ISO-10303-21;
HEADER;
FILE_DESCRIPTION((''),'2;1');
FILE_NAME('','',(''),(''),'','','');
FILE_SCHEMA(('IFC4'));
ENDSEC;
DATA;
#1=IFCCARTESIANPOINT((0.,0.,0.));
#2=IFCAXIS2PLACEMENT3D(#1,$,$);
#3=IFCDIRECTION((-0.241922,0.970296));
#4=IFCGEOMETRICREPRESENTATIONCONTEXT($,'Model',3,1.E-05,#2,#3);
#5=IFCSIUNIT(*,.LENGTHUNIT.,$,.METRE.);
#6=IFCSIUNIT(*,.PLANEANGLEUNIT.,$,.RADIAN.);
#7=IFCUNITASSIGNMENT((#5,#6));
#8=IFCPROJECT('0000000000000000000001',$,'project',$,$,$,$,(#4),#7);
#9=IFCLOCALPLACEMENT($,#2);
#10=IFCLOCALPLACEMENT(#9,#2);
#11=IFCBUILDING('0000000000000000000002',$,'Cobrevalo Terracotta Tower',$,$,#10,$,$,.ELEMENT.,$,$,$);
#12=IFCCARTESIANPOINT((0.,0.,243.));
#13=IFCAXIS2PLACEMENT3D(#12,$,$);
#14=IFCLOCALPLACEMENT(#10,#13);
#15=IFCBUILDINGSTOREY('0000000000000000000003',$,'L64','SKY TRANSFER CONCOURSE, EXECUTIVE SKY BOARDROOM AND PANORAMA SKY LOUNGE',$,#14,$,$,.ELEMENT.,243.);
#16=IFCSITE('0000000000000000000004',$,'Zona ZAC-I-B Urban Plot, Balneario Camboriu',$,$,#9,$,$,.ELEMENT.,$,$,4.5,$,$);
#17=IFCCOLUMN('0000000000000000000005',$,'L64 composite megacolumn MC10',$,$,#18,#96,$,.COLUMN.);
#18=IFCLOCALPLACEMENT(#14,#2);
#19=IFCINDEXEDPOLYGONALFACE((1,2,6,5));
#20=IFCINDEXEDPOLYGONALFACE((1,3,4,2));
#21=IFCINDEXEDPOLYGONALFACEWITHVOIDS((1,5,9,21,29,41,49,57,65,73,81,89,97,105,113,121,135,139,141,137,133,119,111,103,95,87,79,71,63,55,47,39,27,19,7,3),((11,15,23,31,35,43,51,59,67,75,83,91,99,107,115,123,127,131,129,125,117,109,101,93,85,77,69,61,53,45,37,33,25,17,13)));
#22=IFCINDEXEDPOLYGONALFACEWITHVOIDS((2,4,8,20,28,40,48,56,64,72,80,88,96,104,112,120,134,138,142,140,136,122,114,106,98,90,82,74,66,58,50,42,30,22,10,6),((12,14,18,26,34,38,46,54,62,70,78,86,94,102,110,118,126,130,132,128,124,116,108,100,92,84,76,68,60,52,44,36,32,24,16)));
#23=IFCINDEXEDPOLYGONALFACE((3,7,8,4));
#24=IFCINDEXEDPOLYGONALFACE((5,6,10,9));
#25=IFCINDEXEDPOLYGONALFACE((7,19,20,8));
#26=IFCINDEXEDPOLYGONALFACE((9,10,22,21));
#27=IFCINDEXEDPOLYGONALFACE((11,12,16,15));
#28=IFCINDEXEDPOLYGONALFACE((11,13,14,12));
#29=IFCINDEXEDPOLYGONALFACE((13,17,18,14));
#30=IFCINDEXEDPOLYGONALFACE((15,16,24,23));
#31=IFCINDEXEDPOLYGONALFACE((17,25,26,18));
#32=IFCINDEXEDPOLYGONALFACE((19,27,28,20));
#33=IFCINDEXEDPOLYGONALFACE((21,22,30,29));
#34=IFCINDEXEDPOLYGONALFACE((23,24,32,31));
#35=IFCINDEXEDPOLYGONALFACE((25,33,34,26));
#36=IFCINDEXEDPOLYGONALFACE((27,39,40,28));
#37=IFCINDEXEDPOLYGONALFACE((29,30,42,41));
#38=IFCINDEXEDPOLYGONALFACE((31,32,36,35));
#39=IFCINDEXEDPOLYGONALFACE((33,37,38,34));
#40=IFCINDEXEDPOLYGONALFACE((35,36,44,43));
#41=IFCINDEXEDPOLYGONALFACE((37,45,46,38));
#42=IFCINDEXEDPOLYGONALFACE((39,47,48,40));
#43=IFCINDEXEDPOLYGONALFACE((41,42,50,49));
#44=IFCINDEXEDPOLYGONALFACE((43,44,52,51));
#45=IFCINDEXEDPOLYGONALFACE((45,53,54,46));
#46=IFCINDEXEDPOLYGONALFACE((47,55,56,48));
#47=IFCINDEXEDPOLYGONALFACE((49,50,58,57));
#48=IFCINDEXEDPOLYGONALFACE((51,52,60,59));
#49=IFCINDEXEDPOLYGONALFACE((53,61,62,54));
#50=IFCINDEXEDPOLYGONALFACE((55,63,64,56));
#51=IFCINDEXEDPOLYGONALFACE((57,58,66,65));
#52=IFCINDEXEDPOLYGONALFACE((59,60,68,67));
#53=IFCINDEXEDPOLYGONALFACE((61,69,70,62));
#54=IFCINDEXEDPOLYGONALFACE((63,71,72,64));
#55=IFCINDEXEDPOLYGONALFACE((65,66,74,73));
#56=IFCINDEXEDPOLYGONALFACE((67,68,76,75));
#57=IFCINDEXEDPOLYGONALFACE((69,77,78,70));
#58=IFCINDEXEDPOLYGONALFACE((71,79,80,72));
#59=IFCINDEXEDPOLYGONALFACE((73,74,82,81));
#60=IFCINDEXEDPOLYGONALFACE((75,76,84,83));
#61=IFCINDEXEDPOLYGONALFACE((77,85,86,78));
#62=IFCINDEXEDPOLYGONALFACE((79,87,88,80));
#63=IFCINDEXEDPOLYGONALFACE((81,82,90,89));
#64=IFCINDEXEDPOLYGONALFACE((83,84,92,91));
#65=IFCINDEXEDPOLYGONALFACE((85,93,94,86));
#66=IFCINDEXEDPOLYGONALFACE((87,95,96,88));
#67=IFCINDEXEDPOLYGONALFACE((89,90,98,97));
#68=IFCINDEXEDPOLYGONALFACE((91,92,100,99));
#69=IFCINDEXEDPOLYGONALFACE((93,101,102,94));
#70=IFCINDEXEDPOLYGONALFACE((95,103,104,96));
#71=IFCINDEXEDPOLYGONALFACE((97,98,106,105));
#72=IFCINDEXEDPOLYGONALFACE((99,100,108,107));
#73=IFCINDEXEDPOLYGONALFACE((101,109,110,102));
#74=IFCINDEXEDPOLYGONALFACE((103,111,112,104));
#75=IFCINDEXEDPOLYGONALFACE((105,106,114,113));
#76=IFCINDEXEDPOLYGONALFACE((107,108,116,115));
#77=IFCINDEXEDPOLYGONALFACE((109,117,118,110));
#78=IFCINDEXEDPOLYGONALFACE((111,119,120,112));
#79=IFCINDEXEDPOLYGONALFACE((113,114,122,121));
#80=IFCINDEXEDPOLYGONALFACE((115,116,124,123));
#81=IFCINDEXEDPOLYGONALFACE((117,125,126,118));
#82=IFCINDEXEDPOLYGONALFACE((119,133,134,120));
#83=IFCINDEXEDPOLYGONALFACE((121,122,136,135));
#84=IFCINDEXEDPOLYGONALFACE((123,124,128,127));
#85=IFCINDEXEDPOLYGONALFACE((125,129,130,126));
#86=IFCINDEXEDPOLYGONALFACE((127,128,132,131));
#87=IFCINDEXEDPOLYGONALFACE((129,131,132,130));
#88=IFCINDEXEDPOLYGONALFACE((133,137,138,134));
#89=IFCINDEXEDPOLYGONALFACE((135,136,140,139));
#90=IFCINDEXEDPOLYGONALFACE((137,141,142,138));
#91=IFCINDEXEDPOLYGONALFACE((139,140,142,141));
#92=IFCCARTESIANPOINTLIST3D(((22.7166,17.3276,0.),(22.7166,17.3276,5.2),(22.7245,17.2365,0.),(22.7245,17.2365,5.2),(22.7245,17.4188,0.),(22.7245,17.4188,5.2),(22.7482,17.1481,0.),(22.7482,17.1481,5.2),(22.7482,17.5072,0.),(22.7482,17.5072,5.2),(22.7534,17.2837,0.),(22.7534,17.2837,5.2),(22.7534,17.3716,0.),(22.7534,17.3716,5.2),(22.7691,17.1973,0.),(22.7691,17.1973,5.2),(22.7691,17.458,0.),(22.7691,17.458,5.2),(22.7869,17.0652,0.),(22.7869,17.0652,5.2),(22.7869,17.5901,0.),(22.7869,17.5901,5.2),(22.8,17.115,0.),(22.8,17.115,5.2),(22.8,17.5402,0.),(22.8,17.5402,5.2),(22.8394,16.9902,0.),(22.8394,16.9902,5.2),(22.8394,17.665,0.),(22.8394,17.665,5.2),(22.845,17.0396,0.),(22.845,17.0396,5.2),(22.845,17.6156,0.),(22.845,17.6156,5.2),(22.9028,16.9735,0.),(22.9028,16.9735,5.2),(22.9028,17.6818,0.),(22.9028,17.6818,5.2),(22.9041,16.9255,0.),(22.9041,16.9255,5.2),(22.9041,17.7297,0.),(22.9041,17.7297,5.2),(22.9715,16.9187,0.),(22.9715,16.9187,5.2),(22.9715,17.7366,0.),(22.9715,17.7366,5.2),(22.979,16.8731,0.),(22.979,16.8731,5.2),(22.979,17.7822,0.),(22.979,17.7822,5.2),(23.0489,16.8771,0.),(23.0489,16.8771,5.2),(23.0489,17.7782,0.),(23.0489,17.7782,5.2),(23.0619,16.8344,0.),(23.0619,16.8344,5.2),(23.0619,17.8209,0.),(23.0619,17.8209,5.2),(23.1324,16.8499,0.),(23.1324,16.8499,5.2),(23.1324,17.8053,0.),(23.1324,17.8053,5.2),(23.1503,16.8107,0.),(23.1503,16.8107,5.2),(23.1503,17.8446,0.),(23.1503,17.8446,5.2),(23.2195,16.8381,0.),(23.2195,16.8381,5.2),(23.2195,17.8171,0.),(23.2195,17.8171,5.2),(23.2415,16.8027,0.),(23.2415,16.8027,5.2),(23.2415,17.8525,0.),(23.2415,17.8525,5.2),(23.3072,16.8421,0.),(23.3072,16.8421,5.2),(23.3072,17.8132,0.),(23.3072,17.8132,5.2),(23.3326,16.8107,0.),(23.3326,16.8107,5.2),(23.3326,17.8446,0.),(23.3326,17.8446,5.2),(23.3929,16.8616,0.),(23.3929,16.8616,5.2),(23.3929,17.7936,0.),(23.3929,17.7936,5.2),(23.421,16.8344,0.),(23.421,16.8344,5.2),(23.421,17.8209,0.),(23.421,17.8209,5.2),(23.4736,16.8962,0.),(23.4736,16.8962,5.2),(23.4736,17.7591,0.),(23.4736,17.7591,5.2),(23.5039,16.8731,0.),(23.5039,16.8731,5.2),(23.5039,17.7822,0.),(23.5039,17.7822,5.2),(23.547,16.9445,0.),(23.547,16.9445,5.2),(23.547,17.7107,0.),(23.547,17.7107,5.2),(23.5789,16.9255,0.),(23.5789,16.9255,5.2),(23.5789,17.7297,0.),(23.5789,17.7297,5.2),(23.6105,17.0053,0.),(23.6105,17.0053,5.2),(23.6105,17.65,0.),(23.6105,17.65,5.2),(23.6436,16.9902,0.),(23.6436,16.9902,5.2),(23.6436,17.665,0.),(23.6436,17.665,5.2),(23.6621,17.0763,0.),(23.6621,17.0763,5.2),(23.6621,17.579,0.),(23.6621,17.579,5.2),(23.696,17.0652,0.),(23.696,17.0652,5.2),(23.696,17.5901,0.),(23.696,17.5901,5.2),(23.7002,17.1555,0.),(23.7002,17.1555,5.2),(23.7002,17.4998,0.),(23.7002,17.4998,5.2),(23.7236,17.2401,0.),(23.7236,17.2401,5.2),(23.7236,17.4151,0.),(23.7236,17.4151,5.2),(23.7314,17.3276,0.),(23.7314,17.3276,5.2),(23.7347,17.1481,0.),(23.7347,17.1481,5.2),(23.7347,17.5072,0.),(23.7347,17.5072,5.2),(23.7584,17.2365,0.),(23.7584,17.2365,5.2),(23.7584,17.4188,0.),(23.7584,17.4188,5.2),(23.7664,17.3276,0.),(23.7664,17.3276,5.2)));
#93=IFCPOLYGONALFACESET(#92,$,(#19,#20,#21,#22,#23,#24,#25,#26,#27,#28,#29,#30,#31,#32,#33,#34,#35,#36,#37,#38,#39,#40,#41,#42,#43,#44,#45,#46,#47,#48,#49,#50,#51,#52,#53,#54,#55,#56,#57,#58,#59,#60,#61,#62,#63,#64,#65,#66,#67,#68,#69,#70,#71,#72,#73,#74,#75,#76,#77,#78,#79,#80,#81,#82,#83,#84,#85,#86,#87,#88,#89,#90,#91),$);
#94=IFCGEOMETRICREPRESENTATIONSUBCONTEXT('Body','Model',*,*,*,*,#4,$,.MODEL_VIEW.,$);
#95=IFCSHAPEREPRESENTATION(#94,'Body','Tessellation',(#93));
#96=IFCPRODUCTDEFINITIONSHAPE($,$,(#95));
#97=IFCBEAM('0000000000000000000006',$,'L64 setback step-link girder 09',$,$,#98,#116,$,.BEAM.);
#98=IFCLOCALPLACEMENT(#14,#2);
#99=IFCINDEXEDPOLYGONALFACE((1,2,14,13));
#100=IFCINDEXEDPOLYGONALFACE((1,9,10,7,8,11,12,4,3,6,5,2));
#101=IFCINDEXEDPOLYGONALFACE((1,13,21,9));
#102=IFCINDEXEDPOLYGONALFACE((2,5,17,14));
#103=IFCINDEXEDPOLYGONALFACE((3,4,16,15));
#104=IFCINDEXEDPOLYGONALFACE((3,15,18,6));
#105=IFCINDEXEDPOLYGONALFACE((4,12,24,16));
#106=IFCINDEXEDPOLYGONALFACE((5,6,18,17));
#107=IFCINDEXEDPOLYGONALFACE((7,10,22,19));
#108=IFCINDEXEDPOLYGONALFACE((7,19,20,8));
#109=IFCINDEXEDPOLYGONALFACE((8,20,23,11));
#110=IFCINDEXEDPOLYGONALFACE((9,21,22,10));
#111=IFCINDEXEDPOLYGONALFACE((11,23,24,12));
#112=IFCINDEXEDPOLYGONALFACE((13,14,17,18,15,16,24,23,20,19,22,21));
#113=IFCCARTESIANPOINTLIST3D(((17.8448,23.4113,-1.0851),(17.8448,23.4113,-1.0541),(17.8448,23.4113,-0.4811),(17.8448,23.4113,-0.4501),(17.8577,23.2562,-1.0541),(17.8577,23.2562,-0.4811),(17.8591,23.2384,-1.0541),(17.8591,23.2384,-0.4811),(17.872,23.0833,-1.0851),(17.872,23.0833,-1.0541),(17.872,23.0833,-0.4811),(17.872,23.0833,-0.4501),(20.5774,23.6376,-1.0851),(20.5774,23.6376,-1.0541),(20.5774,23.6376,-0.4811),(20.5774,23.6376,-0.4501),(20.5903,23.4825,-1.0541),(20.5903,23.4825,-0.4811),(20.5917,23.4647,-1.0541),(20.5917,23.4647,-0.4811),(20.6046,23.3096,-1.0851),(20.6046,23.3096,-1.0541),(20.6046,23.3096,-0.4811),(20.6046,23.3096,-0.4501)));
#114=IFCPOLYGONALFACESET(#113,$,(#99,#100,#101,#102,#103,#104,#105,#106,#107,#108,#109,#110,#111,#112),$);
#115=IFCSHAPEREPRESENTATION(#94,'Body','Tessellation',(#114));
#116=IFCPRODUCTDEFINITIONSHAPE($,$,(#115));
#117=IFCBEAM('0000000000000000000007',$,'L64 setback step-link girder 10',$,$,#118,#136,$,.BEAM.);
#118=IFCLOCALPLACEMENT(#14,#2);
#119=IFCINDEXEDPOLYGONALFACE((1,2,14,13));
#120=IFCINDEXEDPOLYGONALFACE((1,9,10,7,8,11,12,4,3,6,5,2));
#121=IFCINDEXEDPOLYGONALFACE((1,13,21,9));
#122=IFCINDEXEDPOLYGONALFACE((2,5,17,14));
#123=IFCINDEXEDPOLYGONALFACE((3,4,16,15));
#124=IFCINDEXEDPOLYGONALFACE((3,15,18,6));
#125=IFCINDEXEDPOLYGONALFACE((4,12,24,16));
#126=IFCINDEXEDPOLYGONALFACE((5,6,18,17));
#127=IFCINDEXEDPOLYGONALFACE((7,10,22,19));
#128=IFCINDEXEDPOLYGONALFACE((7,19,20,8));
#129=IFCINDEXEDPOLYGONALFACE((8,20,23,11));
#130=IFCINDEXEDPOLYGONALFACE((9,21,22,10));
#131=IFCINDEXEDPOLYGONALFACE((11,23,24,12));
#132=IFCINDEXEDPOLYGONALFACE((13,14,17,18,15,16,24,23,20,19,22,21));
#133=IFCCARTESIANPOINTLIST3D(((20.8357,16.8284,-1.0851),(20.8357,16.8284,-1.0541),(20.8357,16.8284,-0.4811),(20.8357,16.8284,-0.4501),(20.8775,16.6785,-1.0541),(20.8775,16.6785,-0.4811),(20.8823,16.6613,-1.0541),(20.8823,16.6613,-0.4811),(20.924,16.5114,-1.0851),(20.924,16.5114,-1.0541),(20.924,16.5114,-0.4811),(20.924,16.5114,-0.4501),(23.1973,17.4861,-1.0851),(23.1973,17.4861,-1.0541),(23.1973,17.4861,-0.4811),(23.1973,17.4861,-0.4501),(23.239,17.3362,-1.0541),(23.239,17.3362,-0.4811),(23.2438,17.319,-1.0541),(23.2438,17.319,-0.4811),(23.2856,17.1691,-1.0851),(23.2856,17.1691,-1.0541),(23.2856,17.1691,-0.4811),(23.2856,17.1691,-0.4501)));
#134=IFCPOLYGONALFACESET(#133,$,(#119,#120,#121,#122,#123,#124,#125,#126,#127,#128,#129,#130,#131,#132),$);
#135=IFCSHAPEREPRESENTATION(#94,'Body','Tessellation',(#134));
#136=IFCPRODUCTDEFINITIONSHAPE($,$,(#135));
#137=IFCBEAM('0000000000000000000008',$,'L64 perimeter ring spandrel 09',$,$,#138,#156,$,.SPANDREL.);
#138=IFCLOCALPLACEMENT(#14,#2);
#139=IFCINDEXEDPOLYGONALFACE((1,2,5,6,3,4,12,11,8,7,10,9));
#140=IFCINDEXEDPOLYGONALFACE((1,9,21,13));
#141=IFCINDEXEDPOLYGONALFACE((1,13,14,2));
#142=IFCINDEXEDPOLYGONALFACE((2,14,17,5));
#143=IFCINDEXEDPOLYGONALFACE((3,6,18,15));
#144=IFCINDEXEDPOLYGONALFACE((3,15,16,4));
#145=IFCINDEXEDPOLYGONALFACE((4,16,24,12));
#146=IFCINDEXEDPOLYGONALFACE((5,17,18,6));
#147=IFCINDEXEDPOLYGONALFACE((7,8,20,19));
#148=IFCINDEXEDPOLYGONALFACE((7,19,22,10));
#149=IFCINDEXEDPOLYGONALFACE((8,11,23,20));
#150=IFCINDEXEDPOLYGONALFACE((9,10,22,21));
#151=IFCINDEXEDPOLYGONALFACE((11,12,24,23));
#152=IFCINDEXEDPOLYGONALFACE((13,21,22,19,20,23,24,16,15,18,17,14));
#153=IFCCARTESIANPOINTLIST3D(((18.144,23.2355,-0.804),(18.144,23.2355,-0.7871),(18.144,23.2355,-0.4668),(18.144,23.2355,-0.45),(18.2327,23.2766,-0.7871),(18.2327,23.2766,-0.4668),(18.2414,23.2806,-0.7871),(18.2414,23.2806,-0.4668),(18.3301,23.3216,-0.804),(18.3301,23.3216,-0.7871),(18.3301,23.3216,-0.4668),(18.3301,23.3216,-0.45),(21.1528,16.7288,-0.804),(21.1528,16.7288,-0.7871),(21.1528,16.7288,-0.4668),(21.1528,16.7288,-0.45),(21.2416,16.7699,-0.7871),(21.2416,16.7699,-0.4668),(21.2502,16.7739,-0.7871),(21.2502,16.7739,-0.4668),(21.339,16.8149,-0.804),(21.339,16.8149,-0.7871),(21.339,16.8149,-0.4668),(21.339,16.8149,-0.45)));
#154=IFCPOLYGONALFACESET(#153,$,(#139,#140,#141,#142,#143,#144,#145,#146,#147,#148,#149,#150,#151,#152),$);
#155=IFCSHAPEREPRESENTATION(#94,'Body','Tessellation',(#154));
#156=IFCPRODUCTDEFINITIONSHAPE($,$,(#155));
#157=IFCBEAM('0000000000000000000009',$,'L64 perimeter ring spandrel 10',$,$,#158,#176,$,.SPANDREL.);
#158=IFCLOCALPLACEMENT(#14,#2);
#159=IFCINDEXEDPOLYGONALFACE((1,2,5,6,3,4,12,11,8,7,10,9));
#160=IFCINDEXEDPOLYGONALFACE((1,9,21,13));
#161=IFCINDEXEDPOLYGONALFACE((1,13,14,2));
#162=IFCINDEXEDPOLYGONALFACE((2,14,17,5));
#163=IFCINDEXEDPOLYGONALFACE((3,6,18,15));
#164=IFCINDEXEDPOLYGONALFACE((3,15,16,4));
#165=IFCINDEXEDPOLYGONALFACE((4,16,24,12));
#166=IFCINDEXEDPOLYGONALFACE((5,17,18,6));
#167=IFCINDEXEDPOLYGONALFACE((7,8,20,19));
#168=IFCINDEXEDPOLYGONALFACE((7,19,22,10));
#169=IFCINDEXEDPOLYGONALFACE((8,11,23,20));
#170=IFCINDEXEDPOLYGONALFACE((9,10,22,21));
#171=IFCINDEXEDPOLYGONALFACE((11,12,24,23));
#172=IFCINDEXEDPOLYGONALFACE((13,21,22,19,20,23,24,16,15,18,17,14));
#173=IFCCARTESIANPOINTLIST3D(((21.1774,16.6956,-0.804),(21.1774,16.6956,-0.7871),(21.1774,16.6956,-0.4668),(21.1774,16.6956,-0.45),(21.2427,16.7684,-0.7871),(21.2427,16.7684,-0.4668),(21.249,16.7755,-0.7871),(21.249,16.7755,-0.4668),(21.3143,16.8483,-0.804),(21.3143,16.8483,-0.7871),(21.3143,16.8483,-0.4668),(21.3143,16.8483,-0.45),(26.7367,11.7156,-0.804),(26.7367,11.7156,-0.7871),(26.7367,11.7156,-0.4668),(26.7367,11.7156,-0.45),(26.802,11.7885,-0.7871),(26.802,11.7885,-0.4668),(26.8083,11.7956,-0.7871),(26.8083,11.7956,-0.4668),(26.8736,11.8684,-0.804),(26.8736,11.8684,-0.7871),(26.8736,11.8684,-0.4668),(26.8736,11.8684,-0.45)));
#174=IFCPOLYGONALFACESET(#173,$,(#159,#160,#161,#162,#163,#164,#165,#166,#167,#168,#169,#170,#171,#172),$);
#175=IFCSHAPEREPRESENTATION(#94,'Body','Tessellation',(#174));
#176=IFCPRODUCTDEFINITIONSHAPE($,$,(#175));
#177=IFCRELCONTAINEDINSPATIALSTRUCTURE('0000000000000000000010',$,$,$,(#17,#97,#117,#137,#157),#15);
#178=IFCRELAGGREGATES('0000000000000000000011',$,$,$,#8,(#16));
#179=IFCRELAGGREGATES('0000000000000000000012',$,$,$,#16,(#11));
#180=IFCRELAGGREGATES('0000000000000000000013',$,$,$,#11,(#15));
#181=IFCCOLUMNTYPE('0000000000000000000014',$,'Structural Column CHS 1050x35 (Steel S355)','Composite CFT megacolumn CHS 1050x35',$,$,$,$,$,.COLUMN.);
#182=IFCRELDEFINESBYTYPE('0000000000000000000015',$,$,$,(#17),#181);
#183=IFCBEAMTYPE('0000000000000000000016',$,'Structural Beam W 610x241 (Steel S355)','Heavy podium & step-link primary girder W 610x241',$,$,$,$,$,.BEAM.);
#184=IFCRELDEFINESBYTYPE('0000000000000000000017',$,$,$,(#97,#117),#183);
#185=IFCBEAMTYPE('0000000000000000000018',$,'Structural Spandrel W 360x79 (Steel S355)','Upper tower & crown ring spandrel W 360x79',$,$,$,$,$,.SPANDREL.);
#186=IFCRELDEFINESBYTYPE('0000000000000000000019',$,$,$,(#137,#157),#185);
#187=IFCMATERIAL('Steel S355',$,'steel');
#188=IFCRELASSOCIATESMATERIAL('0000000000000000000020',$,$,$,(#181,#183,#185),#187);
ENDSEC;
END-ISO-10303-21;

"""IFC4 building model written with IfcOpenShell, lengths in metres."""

from ifc_helpers import new_model, si_unit, direction, frame, origin, origin_2d, place, context, subcontext, project, spatial, hollow_circle, i_section, extrude, material, material_profile, profile_set, type_object, element, save


model = new_model("IFC4")

# Units and contexts
model_context = context("Model", 3, precision=1e-05, world=origin(), true_north=direction((-0.241922, 0.970296)))
body_context = subcontext(model_context, "Body", "Model", "MODEL_VIEW")
ifc_project = project(units=[si_unit("LENGTHUNIT", "METRE"), si_unit("PLANEANGLEUNIT", "RADIAN")], contexts=[model_context])

# Site, building, storey
site_placement = place(None, origin())
site = spatial("IfcSite", under=ifc_project, at=site_placement, Name="Zona ZAC-I-B Urban Plot, Balneario Camboriu", CompositionType="ELEMENT", RefElevation=4.5)
building_placement = place(site_placement, origin())
building = spatial("IfcBuilding", under=site, at=building_placement, Name="Cobrevalo Terracotta Tower", CompositionType="ELEMENT")
storey_placement = place(building_placement, frame((0.0, 0.0, 243.0)))
storey = spatial("IfcBuildingStorey", under=building, at=storey_placement, Name="L64", Description="SKY TRANSFER CONCOURSE, EXECUTIVE SKY BOARDROOM AND PANORAMA SKY LOUNGE", CompositionType="ELEMENT", Elevation=243.0)

# Column
ifc_material_1 = material(Name="Steel S355", Category="steel")
ifc_material_profile_1 = material_profile(ifc_material_1, hollow_circle(Radius=0.5249, WallThickness=0.0349, at=origin_2d()), Name="CHS 1050x35")
ifc_profile_set_1 = profile_set([ifc_material_profile_1], Name="Steel S355")
column_type = type_object("IfcColumnType", Name="Structural Column CHS 1050x35 (Steel S355)", Description="Composite CFT megacolumn CHS 1050x35", PredefinedType="COLUMN", material=ifc_profile_set_1)
column_placement = place(storey_placement, frame((23.2415, 17.3276, 0.0), z_axis=(0.0, 0.0, 1.0), x_axis=(1.0, 0.0, 0.0)))
element("IfcColumn", 1, at=column_placement, inside=storey, type_object=column_type, Name="L64 composite megacolumn MC10", PredefinedType="COLUMN", context=body_context, shape_type="SweptSolid", body=[
    extrude(hollow_circle(Radius=0.5249, WallThickness=0.0349, at=origin_2d()), origin(), (0.0, 0.0, 1.0), 5.2),
])

# Beams
ifc_material_profile_2 = material_profile(ifc_material_1, i_section(OverallWidth=0.3291, OverallDepth=0.635, WebThickness=0.0178, FlangeThickness=0.031, at=origin_2d()), Name="W 610x241")
ifc_profile_set_2 = profile_set([ifc_material_profile_2], Name="Steel S355")
beam_type_1 = type_object("IfcBeamType", Name="Structural Beam W 610x241 (Steel S355)", Description="Heavy podium & step-link primary girder W 610x241", PredefinedType="BEAM", material=ifc_profile_set_2)
beam_1_placement = place(storey_placement, frame((17.8584, 23.2473, -0.7676), z_axis=(0.996588, 0.082537, 0.0), x_axis=(-0.082537, 0.996588, 0.0)))
element("IfcBeam", 2, at=beam_1_placement, inside=storey, type_object=beam_type_1, Name="L64 setback step-link girder 09", PredefinedType="BEAM", context=body_context, shape_type="SweptSolid", body=[
    extrude(i_section(OverallWidth=0.3291, OverallDepth=0.635, WebThickness=0.0178, FlangeThickness=0.031, at=origin_2d()), origin(), (0.0, 0.0, 1.0), 2.7419),
])
beam_2_placement = place(storey_placement, frame((20.8799, 16.6699, -0.7676), z_axis=(0.963336, 0.268296, 0.0), x_axis=(-0.268296, 0.963336, 0.0)))
element("IfcBeam", 3, at=beam_2_placement, inside=storey, type_object=beam_type_1, Name="L64 setback step-link girder 10", PredefinedType="BEAM", context=body_context, shape_type="SweptSolid", body=[
    extrude(i_section(OverallWidth=0.3291, OverallDepth=0.635, WebThickness=0.0178, FlangeThickness=0.031, at=origin_2d()), origin(), (0.0, 0.0, 1.0), 2.4514),
])
ifc_material_profile_3 = material_profile(ifc_material_1, i_section(OverallWidth=0.2051, OverallDepth=0.354, WebThickness=0.0095, FlangeThickness=0.0168, at=origin_2d()), Name="W 360x79")
ifc_profile_set_3 = profile_set([ifc_material_profile_3], Name="Steel S355")
beam_type_2 = type_object("IfcBeamType", Name="Structural Spandrel W 360x79 (Steel S355)", Description="Upper tower & crown ring spandrel W 360x79", PredefinedType="SPANDREL", material=ifc_profile_set_3)
beam_3_placement = place(storey_placement, frame((18.2371, 23.2786, -0.627), z_axis=(0.419719, -0.907654, 0.0), x_axis=(0.907654, 0.419719, 0.0)))
element("IfcBeam", 4, at=beam_3_placement, inside=storey, type_object=beam_type_2, Name="L64 perimeter ring spandrel 09", PredefinedType="SPANDREL", context=body_context, shape_type="SweptSolid", body=[
    extrude(i_section(OverallWidth=0.2051, OverallDepth=0.354, WebThickness=0.0095, FlangeThickness=0.0168, at=origin_2d()), origin(), (0.0, 0.0, 1.0), 7.1687),
])
beam_4_placement = place(storey_placement, frame((21.2458, 16.772, -0.627), z_axis=(0.744852, -0.66723, 0.0), x_axis=(0.66723, 0.744852, 0.0)))
element("IfcBeam", 5, at=beam_4_placement, inside=storey, type_object=beam_type_2, Name="L64 perimeter ring spandrel 10", PredefinedType="SPANDREL", context=body_context, shape_type="SweptSolid", body=[
    extrude(i_section(OverallWidth=0.2051, OverallDepth=0.354, WebThickness=0.0095, FlangeThickness=0.0168, at=origin_2d()), origin(), (0.0, 0.0, 1.0), 7.4636),
])

save(model, "model.ifc")
